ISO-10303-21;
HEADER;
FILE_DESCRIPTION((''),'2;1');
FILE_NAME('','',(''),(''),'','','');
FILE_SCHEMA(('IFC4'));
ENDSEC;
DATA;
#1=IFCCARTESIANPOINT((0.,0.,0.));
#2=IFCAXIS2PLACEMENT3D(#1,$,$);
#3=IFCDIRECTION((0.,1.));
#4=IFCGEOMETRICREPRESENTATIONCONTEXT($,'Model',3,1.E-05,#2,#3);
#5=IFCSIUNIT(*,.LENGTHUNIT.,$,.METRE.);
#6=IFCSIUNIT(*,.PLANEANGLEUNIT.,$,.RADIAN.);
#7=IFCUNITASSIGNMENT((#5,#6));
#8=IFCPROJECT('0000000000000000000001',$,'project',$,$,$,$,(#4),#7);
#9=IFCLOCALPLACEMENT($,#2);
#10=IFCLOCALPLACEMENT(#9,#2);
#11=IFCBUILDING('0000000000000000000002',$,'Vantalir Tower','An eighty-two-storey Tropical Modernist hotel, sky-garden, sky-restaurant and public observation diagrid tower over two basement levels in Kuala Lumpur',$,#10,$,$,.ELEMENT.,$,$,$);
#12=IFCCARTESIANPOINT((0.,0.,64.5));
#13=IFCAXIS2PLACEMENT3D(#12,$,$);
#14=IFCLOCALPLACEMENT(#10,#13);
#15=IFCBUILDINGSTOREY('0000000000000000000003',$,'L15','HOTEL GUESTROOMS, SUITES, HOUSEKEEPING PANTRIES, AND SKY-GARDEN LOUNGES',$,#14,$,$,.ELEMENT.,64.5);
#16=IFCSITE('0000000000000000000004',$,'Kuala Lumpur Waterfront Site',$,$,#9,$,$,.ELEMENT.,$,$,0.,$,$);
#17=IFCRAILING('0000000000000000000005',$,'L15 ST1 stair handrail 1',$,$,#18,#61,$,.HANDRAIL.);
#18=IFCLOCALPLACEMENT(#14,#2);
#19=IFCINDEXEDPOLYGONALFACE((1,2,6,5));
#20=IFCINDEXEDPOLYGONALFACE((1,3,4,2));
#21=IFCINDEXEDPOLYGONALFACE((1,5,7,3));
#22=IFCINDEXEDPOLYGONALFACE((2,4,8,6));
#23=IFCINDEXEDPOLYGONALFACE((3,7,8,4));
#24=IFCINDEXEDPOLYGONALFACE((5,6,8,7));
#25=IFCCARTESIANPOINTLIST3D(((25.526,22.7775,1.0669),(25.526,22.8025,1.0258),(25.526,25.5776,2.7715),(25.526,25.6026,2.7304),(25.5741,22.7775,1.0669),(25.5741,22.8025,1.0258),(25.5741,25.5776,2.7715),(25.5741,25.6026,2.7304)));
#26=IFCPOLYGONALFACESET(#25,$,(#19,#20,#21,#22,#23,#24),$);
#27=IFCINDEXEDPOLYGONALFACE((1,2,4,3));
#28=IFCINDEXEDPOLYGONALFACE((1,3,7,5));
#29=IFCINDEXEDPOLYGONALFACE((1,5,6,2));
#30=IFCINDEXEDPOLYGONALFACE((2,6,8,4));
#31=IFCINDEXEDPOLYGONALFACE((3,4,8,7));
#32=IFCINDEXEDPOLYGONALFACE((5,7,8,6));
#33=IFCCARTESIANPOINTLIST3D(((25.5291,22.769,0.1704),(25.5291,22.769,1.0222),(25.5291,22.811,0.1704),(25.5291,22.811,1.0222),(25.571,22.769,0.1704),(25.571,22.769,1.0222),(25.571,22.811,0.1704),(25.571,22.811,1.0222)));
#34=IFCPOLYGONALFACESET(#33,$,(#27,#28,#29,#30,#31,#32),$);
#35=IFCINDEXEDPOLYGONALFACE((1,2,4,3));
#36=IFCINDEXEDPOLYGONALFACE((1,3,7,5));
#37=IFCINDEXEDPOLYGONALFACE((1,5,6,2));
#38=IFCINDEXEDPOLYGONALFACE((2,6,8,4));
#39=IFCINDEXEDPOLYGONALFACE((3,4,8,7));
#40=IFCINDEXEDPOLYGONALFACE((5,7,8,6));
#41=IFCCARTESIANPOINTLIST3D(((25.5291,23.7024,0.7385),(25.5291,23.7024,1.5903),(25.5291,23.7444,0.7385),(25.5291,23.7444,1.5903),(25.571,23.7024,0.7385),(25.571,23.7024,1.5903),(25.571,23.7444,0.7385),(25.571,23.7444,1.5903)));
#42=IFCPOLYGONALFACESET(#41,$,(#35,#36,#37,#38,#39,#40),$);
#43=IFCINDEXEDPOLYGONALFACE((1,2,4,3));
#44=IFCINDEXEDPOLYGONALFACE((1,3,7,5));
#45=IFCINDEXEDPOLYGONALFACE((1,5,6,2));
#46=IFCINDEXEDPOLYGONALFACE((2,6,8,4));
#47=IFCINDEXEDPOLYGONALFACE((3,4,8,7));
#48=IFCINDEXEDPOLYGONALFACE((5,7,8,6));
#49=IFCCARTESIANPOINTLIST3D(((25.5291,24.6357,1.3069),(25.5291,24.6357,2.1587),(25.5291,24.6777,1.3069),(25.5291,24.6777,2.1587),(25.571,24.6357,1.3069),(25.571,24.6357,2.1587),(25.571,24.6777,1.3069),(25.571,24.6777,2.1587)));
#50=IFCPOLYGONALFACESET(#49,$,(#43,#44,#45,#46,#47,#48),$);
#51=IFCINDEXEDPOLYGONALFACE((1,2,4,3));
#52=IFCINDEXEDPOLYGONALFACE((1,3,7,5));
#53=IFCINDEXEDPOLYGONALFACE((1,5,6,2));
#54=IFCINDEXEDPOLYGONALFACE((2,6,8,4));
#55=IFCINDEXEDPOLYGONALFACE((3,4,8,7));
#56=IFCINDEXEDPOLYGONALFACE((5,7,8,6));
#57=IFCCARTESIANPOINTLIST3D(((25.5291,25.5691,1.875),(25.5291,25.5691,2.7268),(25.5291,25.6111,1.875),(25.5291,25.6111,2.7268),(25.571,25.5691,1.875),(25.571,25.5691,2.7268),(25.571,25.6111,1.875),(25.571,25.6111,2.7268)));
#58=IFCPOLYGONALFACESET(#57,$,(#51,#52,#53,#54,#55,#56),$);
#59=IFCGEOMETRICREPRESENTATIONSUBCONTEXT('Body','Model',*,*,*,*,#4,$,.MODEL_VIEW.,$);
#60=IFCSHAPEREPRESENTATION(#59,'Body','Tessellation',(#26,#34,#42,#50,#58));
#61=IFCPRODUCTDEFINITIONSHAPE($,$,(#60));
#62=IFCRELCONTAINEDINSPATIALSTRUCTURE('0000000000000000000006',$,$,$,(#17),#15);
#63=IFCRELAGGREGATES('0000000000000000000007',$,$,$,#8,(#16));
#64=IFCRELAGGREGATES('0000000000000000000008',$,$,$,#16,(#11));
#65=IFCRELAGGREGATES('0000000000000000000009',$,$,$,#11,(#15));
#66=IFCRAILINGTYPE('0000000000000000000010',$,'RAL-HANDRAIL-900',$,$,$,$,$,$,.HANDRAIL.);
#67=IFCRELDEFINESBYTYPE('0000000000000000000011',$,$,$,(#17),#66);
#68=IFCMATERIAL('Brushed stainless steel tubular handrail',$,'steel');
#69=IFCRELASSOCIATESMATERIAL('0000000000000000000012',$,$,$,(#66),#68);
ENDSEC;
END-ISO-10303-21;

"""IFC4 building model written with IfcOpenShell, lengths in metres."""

from ifc_helpers import new_model, si_unit, direction, frame, origin, origin_2d, place, context, subcontext, project, spatial, rectangle, extrude, material, type_object, element, save


model = new_model("IFC4")

# Units and contexts
model_context = context("Model", 3, precision=1e-05, world=origin(), true_north=direction((0.0, 1.0)))
body_context = subcontext(model_context, "Body", "Model", "MODEL_VIEW")
ifc_project = project(units=[si_unit("LENGTHUNIT", "METRE"), si_unit("PLANEANGLEUNIT", "RADIAN")], contexts=[model_context])

# Site, building, storey
site_placement = place(None, origin())
site = spatial("IfcSite", under=ifc_project, at=site_placement, Name="Kuala Lumpur Waterfront Site", CompositionType="ELEMENT", RefElevation=0.0)
building_placement = place(site_placement, origin())
building = spatial("IfcBuilding", under=site, at=building_placement, Name="Vantalir Tower", Description="An eighty-two-storey Tropical Modernist hotel, sky-garden, sky-restaurant and public observation diagrid tower over two basement levels in Kuala Lumpur", CompositionType="ELEMENT")
storey_placement = place(building_placement, frame((0.0, 0.0, 64.5)))
storey = spatial("IfcBuildingStorey", under=building, at=storey_placement, Name="L15", Description="HOTEL GUESTROOMS, SUITES, HOUSEKEEPING PANTRIES, AND SKY-GARDEN LOUNGES", CompositionType="ELEMENT", Elevation=64.5)

# Railing
ifc_material_1 = material(Name="Brushed stainless steel tubular handrail", Category="steel")
railing_type_1 = type_object("IfcRailingType", Name="RAL-HANDRAIL-900", PredefinedType="HANDRAIL", material=ifc_material_1)
railing_1_placement = place(storey_placement, frame((25.55, 22.79, 0.1704)))
element("IfcRailing", 1, at=railing_1_placement, inside=storey, type_object=railing_type_1, Name="L15 ST1 stair handrail 1", PredefinedType="HANDRAIL", context=body_context, shape_type="SweptSolid", body=[
    extrude(rectangle(XDim=0.0481, YDim=0.0481, at=origin_2d()), frame((0.0, 0.0, 0.876), z_axis=(0.0, 0.85417, 0.519994), x_axis=(-1.0, 0.0, 0.0)), (0.0, 0.0, 1.0), 3.2781),
    extrude(rectangle(XDim=0.042, YDim=0.042, at=origin_2d()), origin(), (0.0, 0.0, 1.0), 0.8518),
    extrude(rectangle(XDim=0.042, YDim=0.042, at=origin_2d()), frame((0.0, 0.9333, 0.5681)), (0.0, 0.0, 1.0), 0.8518),
    extrude(rectangle(XDim=0.042, YDim=0.042, at=origin_2d()), frame((0.0, 1.8667, 1.1365)), (0.0, 0.0, 1.0), 0.8518),
    extrude(rectangle(XDim=0.042, YDim=0.042, at=origin_2d()), frame((0.0, 2.8, 1.7046)), (0.0, 0.0, 1.0), 0.8518),
])

save(model, "model.ifc")
